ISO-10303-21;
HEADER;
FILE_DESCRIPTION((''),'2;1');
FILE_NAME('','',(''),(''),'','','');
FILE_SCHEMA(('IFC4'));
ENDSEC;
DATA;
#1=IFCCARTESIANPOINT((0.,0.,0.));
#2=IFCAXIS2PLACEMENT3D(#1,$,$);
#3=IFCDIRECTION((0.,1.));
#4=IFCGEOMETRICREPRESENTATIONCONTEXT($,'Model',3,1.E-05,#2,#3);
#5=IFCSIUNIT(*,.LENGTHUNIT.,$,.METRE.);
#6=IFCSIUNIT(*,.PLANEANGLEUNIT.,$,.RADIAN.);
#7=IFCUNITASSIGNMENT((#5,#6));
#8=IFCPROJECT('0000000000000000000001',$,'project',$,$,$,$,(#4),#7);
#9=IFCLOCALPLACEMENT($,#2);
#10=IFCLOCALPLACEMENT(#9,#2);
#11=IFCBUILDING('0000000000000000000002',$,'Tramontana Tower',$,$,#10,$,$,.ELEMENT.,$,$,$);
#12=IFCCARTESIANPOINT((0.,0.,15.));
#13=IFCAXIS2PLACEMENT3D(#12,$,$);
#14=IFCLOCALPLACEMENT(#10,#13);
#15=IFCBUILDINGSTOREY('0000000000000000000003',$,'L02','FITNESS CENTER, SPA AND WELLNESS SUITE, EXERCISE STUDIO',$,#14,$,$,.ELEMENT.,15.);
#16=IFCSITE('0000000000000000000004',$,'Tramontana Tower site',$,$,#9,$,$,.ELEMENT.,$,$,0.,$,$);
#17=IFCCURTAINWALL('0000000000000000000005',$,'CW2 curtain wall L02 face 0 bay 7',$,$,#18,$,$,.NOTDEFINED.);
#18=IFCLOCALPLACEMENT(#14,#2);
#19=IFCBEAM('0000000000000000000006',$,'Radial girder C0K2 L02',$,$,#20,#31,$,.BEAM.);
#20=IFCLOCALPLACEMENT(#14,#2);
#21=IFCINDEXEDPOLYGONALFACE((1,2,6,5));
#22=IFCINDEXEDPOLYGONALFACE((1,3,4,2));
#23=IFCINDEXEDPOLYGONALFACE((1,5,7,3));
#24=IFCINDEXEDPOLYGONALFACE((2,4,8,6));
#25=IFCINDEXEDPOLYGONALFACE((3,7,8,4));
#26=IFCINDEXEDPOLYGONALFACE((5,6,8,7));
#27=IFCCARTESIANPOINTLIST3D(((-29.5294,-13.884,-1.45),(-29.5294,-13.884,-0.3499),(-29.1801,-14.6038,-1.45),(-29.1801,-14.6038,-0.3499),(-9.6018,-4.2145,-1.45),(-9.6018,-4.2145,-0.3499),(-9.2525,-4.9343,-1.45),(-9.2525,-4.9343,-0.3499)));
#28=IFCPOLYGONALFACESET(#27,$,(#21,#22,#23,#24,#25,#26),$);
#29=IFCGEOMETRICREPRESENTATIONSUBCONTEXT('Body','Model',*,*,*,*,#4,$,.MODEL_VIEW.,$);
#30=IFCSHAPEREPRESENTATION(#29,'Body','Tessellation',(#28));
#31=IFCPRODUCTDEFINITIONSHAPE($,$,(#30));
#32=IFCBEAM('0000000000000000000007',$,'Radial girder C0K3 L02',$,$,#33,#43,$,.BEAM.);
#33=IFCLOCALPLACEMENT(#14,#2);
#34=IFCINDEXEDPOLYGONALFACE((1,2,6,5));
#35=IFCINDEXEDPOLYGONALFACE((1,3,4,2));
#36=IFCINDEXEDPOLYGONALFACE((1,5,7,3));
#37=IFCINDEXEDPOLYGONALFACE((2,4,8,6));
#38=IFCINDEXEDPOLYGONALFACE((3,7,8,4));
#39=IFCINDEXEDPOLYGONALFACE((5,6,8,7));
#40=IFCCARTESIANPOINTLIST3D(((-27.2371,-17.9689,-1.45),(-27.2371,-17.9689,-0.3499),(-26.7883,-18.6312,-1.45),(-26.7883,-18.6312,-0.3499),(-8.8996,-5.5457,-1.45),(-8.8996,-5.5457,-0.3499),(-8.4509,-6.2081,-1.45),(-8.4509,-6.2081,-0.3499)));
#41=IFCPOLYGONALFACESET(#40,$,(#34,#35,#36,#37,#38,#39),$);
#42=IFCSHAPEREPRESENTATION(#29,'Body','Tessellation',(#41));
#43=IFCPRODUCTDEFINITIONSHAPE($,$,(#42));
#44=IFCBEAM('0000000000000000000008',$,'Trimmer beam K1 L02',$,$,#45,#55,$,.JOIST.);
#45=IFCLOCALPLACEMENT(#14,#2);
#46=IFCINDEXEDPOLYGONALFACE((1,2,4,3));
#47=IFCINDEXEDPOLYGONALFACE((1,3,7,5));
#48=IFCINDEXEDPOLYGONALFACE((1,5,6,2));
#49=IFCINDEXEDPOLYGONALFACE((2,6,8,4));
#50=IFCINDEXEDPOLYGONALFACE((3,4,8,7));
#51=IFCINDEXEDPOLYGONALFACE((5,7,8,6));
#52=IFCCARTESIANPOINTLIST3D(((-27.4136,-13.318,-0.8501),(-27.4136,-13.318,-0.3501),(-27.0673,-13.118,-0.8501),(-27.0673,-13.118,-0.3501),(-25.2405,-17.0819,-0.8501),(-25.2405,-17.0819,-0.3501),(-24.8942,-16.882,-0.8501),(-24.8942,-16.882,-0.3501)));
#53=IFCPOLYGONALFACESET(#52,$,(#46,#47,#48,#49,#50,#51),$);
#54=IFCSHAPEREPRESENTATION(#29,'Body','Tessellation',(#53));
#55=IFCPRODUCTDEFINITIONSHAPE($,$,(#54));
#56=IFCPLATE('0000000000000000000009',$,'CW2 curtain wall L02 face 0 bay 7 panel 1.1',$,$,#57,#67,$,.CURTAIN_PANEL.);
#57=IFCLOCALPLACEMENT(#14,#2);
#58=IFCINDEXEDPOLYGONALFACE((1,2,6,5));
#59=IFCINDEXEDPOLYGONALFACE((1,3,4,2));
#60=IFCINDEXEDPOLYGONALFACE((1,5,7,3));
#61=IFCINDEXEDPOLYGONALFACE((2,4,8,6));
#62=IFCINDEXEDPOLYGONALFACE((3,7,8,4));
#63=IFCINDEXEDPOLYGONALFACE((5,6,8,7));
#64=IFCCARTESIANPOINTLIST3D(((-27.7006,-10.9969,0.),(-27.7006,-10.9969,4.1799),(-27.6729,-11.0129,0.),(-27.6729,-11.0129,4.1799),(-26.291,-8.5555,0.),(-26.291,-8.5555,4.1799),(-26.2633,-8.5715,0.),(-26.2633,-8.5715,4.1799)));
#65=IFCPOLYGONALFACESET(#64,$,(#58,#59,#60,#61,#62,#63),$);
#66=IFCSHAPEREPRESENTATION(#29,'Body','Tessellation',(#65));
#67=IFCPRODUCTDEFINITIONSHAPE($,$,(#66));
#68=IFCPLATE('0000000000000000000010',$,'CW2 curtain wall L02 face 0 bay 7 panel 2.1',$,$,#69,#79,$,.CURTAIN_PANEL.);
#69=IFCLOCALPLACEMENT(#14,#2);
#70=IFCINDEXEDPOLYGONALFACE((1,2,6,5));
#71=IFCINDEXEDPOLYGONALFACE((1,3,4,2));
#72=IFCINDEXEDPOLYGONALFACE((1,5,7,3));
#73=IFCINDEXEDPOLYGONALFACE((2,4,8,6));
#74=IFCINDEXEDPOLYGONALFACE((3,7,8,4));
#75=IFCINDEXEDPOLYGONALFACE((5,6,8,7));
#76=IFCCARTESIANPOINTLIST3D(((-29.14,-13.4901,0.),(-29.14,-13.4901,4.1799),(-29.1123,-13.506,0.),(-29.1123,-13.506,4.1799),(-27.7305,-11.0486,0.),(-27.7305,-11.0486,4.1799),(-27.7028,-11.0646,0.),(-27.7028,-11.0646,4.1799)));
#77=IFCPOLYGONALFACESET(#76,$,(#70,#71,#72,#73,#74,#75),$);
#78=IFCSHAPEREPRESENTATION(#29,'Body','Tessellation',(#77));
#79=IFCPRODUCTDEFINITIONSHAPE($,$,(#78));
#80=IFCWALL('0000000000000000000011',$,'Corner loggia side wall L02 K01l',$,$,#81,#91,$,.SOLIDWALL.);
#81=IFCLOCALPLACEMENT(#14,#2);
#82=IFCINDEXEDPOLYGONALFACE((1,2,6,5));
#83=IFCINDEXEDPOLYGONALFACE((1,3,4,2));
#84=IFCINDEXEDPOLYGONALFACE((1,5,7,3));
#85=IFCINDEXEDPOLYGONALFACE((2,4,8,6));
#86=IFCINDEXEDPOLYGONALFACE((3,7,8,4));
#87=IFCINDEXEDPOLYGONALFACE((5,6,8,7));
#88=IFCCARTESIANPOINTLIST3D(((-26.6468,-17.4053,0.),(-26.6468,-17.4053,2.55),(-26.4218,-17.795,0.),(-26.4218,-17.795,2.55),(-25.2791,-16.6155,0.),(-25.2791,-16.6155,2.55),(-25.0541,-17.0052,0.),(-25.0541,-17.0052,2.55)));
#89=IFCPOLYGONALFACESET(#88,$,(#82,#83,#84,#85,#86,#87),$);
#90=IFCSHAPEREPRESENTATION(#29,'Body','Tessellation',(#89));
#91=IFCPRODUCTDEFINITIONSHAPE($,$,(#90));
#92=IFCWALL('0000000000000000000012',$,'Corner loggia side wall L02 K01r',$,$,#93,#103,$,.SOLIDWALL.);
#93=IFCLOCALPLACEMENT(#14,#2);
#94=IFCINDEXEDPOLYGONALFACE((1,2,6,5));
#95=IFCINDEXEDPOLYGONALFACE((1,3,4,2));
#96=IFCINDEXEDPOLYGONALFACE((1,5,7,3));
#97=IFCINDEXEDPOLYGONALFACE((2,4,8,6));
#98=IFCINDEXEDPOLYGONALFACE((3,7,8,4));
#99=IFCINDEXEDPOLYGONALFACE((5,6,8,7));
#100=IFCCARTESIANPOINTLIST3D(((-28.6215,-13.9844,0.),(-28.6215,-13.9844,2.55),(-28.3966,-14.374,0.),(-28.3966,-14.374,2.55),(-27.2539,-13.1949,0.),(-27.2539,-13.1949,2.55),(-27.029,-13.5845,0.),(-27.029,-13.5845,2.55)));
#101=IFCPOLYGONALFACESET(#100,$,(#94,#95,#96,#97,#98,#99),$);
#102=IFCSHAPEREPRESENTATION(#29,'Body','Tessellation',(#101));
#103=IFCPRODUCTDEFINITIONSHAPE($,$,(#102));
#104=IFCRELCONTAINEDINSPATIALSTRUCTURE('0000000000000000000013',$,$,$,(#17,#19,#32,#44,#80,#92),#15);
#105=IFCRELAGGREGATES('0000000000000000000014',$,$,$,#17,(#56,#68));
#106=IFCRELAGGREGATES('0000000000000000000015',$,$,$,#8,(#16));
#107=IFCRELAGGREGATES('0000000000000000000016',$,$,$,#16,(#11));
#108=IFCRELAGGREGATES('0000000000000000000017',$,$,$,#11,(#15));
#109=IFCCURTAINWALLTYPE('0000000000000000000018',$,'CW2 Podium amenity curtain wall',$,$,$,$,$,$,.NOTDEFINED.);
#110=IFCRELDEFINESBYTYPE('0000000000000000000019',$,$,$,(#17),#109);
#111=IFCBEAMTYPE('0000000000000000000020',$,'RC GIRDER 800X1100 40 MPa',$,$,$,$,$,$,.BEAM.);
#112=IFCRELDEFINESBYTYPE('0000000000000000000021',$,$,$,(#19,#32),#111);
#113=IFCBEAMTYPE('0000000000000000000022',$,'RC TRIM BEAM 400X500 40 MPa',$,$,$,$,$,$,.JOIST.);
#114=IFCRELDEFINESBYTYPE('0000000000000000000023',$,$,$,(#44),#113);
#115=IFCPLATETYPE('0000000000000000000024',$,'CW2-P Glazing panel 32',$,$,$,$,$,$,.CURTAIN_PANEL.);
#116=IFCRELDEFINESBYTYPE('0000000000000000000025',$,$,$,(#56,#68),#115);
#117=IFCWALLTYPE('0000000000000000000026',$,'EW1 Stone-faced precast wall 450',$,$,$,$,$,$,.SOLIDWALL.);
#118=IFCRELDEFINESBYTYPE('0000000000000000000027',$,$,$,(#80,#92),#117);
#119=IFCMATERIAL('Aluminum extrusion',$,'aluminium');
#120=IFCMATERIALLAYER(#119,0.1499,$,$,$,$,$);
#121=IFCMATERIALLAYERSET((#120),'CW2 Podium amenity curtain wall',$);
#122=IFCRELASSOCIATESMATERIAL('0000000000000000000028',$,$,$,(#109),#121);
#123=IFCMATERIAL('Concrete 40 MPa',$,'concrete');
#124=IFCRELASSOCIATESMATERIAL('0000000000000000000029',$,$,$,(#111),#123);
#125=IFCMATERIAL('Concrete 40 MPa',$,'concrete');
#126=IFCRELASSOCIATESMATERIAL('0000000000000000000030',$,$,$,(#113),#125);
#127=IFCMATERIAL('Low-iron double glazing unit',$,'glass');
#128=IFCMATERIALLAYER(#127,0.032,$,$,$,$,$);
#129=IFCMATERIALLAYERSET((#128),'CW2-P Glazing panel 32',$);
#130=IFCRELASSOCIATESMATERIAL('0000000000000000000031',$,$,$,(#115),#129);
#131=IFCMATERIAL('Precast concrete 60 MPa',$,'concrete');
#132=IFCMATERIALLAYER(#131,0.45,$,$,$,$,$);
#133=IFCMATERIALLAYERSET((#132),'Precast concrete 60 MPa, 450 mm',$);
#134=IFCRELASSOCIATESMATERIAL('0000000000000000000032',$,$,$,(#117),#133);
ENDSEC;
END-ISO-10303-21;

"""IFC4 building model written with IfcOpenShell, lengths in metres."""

from ifc_helpers import new_model, si_unit, direction, frame, frame_2d, origin, origin_2d, place, context, subcontext, project, spatial, rectangle, extrude, material, layer, layer_set, material_profile, profile_set, type_object, element, aggregate, save


model = new_model("IFC4")

# Units and contexts
model_context = context("Model", 3, precision=1e-05, world=origin(), true_north=direction((0.0, 1.0)))
body_context = subcontext(model_context, "Body", "Model", "MODEL_VIEW")
ifc_project = project(units=[si_unit("LENGTHUNIT", "METRE"), si_unit("PLANEANGLEUNIT", "RADIAN")], contexts=[model_context])

# Site, building, storey
site_placement = place(None, origin())
site = spatial("IfcSite", under=ifc_project, at=site_placement, Name="Tramontana Tower site", CompositionType="ELEMENT", RefElevation=0.0)
building_placement = place(site_placement, origin())
building = spatial("IfcBuilding", under=site, at=building_placement, Name="Tramontana Tower", CompositionType="ELEMENT")
storey_placement = place(building_placement, frame((0.0, 0.0, 15.0)))
storey = spatial("IfcBuildingStorey", under=building, at=storey_placement, Name="L02", Description="FITNESS CENTER, SPA AND WELLNESS SUITE, EXERCISE STUDIO", CompositionType="ELEMENT", Elevation=15.0)

# Shared definitions
ifc_material_1 = material(Name="Aluminum extrusion", Category="aluminium")
ifc_layer_1 = layer(ifc_material_1, 0.1499)
ifc_layer_set_1 = layer_set([ifc_layer_1], Name="CW2 Podium amenity curtain wall")
curtain_wall_type = type_object("IfcCurtainWallType", Name="CW2 Podium amenity curtain wall", PredefinedType="NOTDEFINED", material=ifc_layer_set_1)

# Curtain wall
curtain_wall_1_placement = place(storey_placement, origin())
curtain_wall_1 = element("IfcCurtainWall", 1, at=curtain_wall_1_placement, inside=storey, type_object=curtain_wall_type, Name="CW2 curtain wall L02 face 0 bay 7", PredefinedType="NOTDEFINED")

# Beams
ifc_material_2 = material(Name="Concrete 40 MPa", Category="concrete")
ifc_material_profile_1 = material_profile(ifc_material_2, rectangle(XDim=0.8, YDim=1.1001, at=origin_2d()), Name="RC GIRDER 800X1100 40 MPa")
ifc_profile_set_1 = profile_set([ifc_material_profile_1], Name="Concrete 40 MPa")
beam_type_1 = type_object("IfcBeamType", Name="RC GIRDER 800X1100 40 MPa", PredefinedType="BEAM", material=ifc_profile_set_1)
beam_1_placement = place(storey_placement, frame((-29.3547, -14.2439, -0.8999), z_axis=(0.899679, 0.436552, 0.0), x_axis=(-0.436552, 0.899679, 0.0)))
element("IfcBeam", 2, at=beam_1_placement, inside=storey, type_object=beam_type_1, Name="Radial girder C0K2 L02", PredefinedType="BEAM", context=body_context, shape_type="SweptSolid", body=[
    extrude(rectangle(XDim=0.8, YDim=1.1001, at=origin_2d()), origin(), (0.0, 0.0, 1.0), 22.1497),
])
beam_2_placement = place(storey_placement, frame((-27.0127, -18.3, -0.8999), z_axis=(0.827898, 0.560879, 0.0), x_axis=(-0.560879, 0.827898, 0.0)))
element("IfcBeam", 3, at=beam_2_placement, inside=storey, type_object=beam_type_1, Name="Radial girder C0K3 L02", PredefinedType="BEAM", context=body_context, shape_type="SweptSolid", body=[
    extrude(rectangle(XDim=0.8, YDim=1.1001, at=origin_2d()), origin(), (0.0, 0.0, 1.0), 22.1494),
])
ifc_material_3 = material(Name="Concrete 40 MPa", Category="concrete")
ifc_material_profile_2 = material_profile(ifc_material_3, rectangle(XDim=0.3999, YDim=0.5, at=origin_2d()), Name="RC TRIM BEAM 400X500 40 MPa")
ifc_profile_set_2 = profile_set([ifc_material_profile_2], Name="Concrete 40 MPa")
beam_type_2 = type_object("IfcBeamType", Name="RC TRIM BEAM 400X500 40 MPa", PredefinedType="JOIST", material=ifc_profile_set_2)
beam_3_placement = place(storey_placement, frame((-27.2405, -13.218, -0.6001), z_axis=(0.5, -0.866026, 0.0), x_axis=(0.866026, 0.5, 0.0)))
element("IfcBeam", 4, at=beam_3_placement, inside=storey, type_object=beam_type_2, Name="Trimmer beam K1 L02", PredefinedType="JOIST", context=body_context, shape_type="SweptSolid", body=[
    extrude(rectangle(XDim=0.3999, YDim=0.5, at=origin_2d()), origin(), (0.0, 0.0, 1.0), 4.3462),
])

# Plates
ifc_material_4 = material(Name="Low-iron double glazing unit", Category="glass")
ifc_layer_2 = layer(ifc_material_4, 0.032)
ifc_layer_set_2 = layer_set([ifc_layer_2], Name="CW2-P Glazing panel 32")
plate_type = type_object("IfcPlateType", Name="CW2-P Glazing panel 32", PredefinedType="CURTAIN_PANEL", material=ifc_layer_set_2)
plate_1_placement = place(storey_placement, frame((-26.9819, -9.7842, 0.0), z_axis=(0.0, 0.0, 1.0), x_axis=(-0.5, -0.866025, 0.0)))
plate_1 = element("IfcPlate", 5, at=plate_1_placement, type_object=plate_type, Name="CW2 curtain wall L02 face 0 bay 7 panel 1.1", PredefinedType="CURTAIN_PANEL", context=body_context, shape_type="SweptSolid", body=[
    extrude(rectangle(XDim=2.8191, YDim=0.032, at=origin_2d()), origin(), (0.0, 0.0, 1.0), 4.1799),
])
plate_2_placement = place(storey_placement, frame((-28.4214, -12.2773, 0.0), z_axis=(0.0, 0.0, 1.0), x_axis=(-0.5, -0.866025, 0.0)))
plate_2 = element("IfcPlate", 6, at=plate_2_placement, type_object=plate_type, Name="CW2 curtain wall L02 face 0 bay 7 panel 2.1", PredefinedType="CURTAIN_PANEL", context=body_context, shape_type="SweptSolid", body=[
    extrude(rectangle(XDim=2.8191, YDim=0.032, at=origin_2d()), origin(), (0.0, 0.0, 1.0), 4.1799),
])
aggregate(curtain_wall_1, [plate_1, plate_2])

# Walls
ifc_material_5 = material(Name="Precast concrete 60 MPa", Category="concrete")
ifc_layer_3 = layer(ifc_material_5, 0.45)
ifc_layer_set_3 = layer_set([ifc_layer_3], Name="Precast concrete 60 MPa, 450 mm")
wall_type_1 = type_object("IfcWallType", Name="EW1 Stone-faced precast wall 450", PredefinedType="SOLIDWALL", material=ifc_layer_set_3)
wall_1_placement = place(storey_placement, frame((-26.5342, -17.6001, 0.0), z_axis=(0.0, 0.0, 1.0), x_axis=(0.86598, 0.500079, 0.0)))
element("IfcWall", 7, at=wall_1_placement, inside=storey, type_object=wall_type_1, Name="Corner loggia side wall L02 K01l", PredefinedType="SOLIDWALL", context=body_context, shape_type="SweptSolid", body=[
    extrude(rectangle(XDim=1.5793, YDim=0.45, at=frame_2d((0.7896, 0.0))), origin(), (0.0, 0.0, 1.0), 2.55),
])
wall_2_placement = place(storey_placement, frame((-28.509, -14.1792, 0.0), z_axis=(0.0, 0.0, 1.0), x_axis=(0.866047, 0.499963, 0.0)))
element("IfcWall", 8, at=wall_2_placement, inside=storey, type_object=wall_type_1, Name="Corner loggia side wall L02 K01r", PredefinedType="SOLIDWALL", context=body_context, shape_type="SweptSolid", body=[
    extrude(rectangle(XDim=1.5791, YDim=0.45, at=frame_2d((0.7896, 0.0))), origin(), (0.0, 0.0, 1.0), 2.55),
])

save(model, "model.ifc")
